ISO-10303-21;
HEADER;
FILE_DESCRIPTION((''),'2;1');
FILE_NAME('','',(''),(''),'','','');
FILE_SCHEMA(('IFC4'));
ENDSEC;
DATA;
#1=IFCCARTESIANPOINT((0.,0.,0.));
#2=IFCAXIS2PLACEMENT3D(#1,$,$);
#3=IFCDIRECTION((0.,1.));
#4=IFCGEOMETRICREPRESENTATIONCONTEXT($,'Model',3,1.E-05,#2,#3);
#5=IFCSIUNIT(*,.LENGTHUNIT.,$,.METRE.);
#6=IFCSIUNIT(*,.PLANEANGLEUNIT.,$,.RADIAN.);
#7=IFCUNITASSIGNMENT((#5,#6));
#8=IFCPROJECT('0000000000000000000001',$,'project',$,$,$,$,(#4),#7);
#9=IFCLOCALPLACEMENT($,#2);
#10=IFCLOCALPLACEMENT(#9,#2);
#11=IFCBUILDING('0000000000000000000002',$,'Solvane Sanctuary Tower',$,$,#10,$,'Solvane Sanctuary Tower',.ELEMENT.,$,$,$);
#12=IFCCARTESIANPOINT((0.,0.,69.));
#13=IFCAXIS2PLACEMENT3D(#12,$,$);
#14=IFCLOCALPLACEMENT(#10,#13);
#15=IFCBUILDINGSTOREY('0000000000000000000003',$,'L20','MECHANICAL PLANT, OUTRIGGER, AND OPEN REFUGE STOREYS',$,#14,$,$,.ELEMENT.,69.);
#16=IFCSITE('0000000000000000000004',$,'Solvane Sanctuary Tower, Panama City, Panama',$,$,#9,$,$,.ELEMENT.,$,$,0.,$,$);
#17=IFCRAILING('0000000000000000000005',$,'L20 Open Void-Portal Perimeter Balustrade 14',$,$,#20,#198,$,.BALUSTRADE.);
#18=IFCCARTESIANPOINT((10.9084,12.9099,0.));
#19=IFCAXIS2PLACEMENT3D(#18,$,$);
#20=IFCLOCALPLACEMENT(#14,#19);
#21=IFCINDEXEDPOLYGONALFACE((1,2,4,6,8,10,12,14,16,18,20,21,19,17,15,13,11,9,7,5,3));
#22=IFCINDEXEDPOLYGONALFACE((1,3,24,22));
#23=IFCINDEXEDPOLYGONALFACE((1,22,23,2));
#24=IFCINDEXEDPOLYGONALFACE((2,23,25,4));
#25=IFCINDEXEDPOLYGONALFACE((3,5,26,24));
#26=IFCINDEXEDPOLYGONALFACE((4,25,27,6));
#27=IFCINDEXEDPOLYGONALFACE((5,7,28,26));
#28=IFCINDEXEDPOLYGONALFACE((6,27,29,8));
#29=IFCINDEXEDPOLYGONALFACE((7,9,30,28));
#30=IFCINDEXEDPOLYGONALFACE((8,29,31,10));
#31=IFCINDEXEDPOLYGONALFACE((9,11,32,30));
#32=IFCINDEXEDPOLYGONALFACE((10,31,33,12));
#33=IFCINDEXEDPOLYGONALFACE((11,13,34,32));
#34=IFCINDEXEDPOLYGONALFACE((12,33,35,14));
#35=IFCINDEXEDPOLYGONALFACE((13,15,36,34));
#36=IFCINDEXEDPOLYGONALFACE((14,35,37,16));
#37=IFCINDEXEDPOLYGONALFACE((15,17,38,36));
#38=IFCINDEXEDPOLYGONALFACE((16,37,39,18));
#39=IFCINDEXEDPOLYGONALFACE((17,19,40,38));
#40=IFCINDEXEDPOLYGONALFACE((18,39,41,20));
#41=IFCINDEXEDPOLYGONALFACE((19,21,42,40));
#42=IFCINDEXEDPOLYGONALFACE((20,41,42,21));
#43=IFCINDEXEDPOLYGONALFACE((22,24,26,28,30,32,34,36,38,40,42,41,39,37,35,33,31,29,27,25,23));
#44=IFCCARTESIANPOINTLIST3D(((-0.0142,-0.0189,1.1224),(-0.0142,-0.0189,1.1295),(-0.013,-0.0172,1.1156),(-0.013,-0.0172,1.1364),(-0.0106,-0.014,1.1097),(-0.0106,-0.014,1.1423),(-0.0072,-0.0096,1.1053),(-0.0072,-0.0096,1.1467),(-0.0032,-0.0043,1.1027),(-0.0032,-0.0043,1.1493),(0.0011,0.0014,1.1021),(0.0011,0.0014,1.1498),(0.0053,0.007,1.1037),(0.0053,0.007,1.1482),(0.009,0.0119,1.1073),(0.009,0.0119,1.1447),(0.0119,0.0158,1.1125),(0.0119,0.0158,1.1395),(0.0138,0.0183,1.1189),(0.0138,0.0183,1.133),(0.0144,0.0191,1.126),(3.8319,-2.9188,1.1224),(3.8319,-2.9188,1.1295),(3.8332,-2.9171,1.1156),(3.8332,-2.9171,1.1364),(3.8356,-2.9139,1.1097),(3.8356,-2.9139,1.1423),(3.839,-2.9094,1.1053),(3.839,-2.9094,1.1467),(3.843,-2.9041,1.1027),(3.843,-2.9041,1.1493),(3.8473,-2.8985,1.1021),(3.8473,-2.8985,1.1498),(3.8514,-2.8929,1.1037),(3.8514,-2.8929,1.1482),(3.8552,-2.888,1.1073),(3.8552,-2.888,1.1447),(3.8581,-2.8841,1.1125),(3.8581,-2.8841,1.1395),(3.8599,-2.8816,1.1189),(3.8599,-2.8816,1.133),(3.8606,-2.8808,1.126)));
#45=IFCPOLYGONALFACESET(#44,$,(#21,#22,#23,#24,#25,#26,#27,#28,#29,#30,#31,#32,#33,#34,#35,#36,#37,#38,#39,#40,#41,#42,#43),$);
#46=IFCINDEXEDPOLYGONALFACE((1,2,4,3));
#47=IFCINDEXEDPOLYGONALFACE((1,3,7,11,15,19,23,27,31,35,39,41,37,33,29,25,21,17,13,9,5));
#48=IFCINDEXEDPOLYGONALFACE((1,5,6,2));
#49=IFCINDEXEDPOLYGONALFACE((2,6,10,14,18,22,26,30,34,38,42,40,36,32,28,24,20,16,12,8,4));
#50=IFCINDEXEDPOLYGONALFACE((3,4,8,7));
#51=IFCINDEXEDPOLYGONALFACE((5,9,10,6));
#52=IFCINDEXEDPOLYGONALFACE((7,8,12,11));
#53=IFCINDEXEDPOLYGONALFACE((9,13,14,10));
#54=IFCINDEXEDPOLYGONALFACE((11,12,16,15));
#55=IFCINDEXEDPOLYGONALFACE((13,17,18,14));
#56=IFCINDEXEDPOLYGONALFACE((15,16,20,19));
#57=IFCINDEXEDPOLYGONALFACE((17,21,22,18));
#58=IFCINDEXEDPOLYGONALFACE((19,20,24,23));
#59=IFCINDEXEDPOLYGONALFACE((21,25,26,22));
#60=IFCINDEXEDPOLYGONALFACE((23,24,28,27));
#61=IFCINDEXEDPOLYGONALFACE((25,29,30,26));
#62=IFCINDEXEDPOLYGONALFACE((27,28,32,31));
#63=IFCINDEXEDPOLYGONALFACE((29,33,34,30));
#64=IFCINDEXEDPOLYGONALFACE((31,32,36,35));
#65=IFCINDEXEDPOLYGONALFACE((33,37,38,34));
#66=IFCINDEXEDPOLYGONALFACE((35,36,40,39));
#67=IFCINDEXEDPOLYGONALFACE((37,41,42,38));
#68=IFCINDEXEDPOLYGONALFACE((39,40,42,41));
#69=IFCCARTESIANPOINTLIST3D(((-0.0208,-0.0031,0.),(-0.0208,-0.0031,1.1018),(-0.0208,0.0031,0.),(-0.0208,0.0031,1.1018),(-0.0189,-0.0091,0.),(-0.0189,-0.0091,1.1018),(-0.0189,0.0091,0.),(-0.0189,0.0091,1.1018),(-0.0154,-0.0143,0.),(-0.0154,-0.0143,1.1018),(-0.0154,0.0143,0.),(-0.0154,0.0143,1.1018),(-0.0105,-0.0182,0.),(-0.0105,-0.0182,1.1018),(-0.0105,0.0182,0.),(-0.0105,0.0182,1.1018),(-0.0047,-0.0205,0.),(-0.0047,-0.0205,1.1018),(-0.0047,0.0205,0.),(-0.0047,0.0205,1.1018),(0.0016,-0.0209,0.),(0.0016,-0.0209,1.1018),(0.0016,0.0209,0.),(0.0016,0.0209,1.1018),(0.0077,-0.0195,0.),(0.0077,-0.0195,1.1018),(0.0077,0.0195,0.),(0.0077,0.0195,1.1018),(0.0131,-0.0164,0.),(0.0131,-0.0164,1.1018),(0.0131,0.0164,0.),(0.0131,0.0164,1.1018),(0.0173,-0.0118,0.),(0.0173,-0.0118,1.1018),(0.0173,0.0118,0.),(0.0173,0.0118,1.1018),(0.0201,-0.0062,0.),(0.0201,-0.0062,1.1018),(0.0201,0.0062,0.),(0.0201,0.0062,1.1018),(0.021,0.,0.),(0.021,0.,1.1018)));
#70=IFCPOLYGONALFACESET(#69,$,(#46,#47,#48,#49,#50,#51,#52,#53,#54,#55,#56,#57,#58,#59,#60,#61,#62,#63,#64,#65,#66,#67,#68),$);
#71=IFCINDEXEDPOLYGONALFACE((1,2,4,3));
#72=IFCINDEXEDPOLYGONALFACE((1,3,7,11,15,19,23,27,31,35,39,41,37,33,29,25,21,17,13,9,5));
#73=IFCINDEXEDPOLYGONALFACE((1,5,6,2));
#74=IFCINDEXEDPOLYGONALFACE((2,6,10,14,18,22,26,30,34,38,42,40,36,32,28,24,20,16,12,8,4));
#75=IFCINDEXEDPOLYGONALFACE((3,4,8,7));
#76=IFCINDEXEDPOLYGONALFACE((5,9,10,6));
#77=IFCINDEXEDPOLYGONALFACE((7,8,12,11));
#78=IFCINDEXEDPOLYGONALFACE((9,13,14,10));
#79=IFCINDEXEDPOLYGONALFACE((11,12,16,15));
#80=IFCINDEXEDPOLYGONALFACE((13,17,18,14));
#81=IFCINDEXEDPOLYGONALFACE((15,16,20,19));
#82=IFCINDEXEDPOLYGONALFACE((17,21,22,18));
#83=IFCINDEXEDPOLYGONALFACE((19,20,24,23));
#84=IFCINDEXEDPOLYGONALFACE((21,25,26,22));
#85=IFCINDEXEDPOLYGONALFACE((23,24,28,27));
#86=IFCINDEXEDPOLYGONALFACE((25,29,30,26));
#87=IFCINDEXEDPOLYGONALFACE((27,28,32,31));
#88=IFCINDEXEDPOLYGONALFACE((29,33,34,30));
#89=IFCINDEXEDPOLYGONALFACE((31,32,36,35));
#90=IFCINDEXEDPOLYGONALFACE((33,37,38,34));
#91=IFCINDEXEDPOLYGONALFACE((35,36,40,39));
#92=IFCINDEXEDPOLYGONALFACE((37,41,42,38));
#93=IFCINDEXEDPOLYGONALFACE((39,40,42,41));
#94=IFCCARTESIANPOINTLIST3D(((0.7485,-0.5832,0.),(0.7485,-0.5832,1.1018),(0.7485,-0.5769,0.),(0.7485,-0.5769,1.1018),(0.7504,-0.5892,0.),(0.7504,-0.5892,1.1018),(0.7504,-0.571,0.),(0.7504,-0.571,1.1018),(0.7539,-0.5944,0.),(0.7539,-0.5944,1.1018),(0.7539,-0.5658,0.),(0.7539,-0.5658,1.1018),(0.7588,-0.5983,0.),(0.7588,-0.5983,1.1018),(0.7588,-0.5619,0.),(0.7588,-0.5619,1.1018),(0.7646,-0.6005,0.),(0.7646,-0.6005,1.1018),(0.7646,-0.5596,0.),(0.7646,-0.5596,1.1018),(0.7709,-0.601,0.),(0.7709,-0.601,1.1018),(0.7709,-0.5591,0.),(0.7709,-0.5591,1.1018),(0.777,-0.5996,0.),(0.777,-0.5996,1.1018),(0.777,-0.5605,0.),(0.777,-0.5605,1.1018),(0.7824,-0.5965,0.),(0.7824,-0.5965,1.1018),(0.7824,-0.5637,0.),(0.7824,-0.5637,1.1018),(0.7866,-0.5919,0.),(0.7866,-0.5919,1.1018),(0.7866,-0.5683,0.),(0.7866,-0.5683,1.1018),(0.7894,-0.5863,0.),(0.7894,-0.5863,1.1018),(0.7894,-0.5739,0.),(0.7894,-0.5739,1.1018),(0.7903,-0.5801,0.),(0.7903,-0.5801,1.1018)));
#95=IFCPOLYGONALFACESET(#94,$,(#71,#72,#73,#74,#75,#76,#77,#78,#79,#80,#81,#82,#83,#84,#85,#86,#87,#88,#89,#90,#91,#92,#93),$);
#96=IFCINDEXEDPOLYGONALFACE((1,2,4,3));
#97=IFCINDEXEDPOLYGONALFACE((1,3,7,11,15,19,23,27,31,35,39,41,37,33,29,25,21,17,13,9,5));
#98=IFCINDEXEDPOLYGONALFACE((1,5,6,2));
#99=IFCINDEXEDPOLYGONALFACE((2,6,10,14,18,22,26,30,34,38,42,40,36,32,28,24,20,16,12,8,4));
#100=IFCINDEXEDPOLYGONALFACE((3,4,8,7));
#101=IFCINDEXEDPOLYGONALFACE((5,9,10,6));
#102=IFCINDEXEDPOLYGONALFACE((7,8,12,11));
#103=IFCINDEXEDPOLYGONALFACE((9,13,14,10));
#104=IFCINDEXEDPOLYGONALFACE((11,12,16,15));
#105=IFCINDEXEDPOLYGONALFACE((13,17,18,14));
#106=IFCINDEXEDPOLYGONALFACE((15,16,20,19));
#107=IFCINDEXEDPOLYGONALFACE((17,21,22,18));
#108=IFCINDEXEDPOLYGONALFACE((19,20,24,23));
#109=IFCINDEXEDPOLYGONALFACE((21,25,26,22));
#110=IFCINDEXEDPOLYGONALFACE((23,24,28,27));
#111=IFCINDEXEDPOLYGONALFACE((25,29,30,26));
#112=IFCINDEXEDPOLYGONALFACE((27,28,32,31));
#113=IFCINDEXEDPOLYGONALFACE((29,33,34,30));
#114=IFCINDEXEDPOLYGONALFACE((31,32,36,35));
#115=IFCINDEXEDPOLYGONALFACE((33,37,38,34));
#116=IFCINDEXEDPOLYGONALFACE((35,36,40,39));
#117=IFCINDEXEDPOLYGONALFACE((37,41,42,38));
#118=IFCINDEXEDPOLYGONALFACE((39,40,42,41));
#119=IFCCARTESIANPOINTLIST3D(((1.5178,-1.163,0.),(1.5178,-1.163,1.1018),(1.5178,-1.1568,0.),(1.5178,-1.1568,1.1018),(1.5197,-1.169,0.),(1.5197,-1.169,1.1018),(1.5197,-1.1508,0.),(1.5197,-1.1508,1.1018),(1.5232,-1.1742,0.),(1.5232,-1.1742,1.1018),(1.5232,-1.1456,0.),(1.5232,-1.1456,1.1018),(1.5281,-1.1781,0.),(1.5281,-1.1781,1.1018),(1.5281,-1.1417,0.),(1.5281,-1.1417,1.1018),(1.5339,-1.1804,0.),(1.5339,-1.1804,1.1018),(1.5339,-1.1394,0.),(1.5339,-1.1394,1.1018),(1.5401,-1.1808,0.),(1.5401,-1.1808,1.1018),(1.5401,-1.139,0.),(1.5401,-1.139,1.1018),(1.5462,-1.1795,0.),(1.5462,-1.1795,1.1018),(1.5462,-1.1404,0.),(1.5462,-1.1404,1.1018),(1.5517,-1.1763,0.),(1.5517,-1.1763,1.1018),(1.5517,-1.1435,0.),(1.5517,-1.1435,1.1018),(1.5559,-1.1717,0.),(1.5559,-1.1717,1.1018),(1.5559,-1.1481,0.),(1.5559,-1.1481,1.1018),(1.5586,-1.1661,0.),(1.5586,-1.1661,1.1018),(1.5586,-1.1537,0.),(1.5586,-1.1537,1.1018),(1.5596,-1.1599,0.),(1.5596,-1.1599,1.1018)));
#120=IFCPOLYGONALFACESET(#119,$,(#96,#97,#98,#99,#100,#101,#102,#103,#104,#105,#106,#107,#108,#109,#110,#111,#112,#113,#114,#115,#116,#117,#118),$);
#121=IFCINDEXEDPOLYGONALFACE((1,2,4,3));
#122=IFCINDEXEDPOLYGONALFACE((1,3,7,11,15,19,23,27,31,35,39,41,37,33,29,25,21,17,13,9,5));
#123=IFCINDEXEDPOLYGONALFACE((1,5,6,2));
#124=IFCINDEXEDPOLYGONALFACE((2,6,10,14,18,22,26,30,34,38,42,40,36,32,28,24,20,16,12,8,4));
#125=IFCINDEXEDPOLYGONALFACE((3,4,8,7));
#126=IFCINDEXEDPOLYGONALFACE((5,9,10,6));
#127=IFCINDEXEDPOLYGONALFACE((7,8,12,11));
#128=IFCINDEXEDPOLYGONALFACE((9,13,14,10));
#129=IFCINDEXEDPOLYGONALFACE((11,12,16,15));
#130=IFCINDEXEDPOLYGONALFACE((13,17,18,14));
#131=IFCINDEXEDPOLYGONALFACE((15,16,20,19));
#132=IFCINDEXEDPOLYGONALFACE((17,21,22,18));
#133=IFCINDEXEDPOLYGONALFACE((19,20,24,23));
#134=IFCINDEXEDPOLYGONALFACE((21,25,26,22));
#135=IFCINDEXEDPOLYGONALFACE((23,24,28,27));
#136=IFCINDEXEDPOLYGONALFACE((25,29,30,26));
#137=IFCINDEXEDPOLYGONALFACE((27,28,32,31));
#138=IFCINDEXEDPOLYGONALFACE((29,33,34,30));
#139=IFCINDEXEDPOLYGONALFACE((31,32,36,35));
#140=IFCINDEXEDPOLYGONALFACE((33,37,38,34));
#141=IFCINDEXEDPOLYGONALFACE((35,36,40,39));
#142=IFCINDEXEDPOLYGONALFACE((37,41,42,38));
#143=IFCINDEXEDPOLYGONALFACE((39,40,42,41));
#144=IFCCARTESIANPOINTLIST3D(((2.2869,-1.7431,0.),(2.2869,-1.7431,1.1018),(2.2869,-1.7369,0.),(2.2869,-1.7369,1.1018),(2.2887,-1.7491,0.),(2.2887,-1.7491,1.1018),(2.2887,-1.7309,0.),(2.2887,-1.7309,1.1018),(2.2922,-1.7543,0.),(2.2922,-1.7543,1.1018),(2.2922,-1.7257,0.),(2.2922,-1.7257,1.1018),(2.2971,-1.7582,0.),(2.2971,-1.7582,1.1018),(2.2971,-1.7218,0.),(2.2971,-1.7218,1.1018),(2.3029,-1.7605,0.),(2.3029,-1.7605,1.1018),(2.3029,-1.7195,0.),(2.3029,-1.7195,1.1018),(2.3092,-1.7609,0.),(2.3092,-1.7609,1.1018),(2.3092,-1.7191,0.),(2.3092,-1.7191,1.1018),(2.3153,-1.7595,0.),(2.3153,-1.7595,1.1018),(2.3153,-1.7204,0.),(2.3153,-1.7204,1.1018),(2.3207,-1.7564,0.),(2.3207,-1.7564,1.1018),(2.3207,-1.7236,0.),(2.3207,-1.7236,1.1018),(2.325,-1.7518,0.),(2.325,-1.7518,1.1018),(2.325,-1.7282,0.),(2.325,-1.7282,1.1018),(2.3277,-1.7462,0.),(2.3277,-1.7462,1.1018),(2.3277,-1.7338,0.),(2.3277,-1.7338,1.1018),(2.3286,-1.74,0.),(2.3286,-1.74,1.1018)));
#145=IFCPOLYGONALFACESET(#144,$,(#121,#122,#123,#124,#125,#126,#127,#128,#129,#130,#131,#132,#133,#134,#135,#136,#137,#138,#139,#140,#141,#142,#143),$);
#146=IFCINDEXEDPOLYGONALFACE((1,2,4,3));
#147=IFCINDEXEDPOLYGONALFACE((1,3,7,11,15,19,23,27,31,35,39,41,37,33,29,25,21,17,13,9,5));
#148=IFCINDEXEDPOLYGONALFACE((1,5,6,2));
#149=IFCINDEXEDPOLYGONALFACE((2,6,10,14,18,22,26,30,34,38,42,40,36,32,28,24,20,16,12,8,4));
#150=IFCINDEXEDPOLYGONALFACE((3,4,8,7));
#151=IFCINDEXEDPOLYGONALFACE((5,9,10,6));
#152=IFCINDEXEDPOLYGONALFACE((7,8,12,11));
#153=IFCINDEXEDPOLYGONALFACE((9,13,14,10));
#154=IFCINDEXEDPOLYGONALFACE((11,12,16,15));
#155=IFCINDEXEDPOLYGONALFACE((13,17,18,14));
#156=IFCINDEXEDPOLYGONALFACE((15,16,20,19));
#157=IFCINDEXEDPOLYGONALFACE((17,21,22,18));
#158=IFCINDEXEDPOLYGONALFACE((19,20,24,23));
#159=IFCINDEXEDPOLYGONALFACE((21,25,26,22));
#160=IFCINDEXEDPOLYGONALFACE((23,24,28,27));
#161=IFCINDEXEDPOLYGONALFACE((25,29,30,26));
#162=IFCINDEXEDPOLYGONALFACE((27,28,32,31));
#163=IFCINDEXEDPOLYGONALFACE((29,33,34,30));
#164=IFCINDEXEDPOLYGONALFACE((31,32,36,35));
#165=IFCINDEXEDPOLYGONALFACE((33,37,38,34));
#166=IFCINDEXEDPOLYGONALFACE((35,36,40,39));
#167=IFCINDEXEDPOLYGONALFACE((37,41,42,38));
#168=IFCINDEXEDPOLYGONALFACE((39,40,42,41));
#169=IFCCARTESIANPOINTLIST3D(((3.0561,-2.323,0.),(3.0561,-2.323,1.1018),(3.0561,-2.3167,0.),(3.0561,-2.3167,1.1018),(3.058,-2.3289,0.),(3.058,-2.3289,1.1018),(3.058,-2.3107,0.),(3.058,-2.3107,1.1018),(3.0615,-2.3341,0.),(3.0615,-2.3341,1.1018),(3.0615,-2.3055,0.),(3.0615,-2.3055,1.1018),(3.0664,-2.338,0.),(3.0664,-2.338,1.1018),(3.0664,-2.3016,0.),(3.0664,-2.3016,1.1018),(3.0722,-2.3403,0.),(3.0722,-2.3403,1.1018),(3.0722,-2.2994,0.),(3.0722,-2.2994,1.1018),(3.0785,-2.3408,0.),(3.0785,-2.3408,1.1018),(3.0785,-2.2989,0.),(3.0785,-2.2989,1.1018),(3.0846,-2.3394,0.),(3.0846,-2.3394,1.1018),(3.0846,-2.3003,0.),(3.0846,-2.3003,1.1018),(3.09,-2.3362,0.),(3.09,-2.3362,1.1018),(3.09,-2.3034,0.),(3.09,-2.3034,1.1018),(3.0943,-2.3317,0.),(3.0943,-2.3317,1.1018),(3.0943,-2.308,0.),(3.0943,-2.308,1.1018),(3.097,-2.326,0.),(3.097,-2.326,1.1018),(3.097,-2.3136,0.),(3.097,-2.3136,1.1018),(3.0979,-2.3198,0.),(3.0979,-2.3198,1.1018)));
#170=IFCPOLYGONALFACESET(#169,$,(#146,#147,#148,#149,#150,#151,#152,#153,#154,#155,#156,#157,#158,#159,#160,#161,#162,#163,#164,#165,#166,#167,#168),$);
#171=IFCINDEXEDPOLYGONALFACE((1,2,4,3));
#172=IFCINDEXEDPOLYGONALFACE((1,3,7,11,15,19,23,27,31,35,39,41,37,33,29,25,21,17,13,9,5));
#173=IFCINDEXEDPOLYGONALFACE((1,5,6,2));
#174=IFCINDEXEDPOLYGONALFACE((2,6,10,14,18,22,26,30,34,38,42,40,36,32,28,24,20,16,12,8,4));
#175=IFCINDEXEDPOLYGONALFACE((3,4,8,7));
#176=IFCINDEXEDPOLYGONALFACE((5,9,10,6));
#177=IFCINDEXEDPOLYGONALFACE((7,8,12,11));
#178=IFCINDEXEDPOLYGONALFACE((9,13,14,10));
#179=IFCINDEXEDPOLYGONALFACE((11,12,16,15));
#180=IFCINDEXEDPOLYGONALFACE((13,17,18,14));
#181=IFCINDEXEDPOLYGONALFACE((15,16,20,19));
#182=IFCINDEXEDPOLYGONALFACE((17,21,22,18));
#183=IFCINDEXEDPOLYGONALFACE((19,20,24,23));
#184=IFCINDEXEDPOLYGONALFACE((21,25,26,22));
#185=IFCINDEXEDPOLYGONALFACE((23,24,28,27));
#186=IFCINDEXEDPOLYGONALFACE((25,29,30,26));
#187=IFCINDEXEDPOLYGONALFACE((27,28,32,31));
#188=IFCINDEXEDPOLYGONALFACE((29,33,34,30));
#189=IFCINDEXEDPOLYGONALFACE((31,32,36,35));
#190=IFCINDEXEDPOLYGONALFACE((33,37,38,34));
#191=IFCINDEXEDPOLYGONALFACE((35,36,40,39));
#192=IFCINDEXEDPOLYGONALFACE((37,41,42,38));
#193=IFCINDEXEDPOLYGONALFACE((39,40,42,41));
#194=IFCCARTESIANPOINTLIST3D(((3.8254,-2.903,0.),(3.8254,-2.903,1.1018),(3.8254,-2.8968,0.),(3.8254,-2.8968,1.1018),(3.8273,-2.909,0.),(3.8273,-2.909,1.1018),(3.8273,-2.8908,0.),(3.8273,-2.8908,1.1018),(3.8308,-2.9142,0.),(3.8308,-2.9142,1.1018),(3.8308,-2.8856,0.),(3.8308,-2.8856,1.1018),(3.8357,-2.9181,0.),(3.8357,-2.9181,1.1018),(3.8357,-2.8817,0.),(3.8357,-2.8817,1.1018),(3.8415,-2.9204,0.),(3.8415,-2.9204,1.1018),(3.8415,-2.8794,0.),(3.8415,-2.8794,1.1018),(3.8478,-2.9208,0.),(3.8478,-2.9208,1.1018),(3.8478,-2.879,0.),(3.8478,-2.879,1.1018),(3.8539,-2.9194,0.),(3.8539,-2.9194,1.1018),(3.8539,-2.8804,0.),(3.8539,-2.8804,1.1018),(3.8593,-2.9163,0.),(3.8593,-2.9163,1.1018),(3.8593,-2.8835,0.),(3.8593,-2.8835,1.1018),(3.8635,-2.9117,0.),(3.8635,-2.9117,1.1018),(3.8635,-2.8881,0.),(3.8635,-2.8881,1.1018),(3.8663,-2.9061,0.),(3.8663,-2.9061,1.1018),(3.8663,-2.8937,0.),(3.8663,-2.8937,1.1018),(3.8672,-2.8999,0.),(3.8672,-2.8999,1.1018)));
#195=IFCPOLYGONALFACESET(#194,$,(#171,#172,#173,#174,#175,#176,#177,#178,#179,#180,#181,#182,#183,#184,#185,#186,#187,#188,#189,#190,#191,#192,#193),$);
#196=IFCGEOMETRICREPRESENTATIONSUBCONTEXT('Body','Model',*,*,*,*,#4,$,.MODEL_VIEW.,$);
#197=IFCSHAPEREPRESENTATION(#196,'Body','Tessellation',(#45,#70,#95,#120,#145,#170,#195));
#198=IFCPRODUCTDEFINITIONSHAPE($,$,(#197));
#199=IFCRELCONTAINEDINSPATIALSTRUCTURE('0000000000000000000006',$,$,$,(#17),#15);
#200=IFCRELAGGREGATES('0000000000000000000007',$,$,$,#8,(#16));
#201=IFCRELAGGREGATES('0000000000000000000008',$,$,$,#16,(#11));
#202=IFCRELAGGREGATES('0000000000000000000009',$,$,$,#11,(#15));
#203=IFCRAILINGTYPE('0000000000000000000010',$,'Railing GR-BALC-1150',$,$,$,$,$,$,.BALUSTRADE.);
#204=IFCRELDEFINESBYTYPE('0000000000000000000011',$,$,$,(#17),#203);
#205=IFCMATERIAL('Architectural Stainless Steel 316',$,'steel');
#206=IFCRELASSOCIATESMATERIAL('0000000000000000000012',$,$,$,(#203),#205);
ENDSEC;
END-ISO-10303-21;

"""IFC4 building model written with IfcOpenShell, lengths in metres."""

from ifc_helpers import new_model, si_unit, direction, frame, origin, origin_2d, place, context, subcontext, project, spatial, circle, extrude, material, type_object, element, save


model = new_model("IFC4")

# Units and contexts
model_context = context("Model", 3, precision=1e-05, world=origin(), true_north=direction((0.0, 1.0)))
body_context = subcontext(model_context, "Body", "Model", "MODEL_VIEW")
ifc_project = project(units=[si_unit("LENGTHUNIT", "METRE"), si_unit("PLANEANGLEUNIT", "RADIAN")], contexts=[model_context])

# Site, building, storey
site_placement = place(None, origin())
site = spatial("IfcSite", under=ifc_project, at=site_placement, Name="Solvane Sanctuary Tower, Panama City, Panama", CompositionType="ELEMENT", RefElevation=0.0)
building_placement = place(site_placement, origin())
building = spatial("IfcBuilding", under=site, at=building_placement, Name="Solvane Sanctuary Tower", LongName="Solvane Sanctuary Tower", CompositionType="ELEMENT")
storey_placement = place(building_placement, frame((0.0, 0.0, 69.0)))
storey = spatial("IfcBuildingStorey", under=building, at=storey_placement, Name="L20", Description="MECHANICAL PLANT, OUTRIGGER, AND OPEN REFUGE STOREYS", CompositionType="ELEMENT", Elevation=69.0)

# Shared definitions
ifc_material_1 = material(Name="Architectural Stainless Steel 316", Category="steel")

# Railing
railing_type_1 = type_object("IfcRailingType", Name="Railing GR-BALC-1150", PredefinedType="BALUSTRADE", material=ifc_material_1)
railing_1_placement = place(storey_placement, frame((10.9084, 12.9099, 0.0)))
element("IfcRailing", 1, at=railing_1_placement, inside=storey, type_object=railing_type_1, Name="L20 Open Void-Portal Perimeter Balustrade 14", PredefinedType="BALUSTRADE", context=body_context, shape_type="SweptSolid", body=[
    extrude(circle(Radius=0.0239, at=origin_2d()), frame((0.0, 0.0, 1.126), z_axis=(0.798477, -0.602025, 0.0), x_axis=(0.602025, 0.798477, 0.0)), (0.0, 0.0, 1.0), 4.8169),
    extrude(circle(Radius=0.021, at=origin_2d()), origin(), (0.0, 0.0, 1.0), 1.1018),
    extrude(circle(Radius=0.021, at=origin_2d()), frame((0.7693, -0.5801, 0.0)), (0.0, 0.0, 1.0), 1.1018),
    extrude(circle(Radius=0.021, at=origin_2d()), frame((1.5386, -1.1599, 0.0)), (0.0, 0.0, 1.0), 1.1018),
    extrude(circle(Radius=0.021, at=origin_2d()), frame((2.3076, -1.74, 0.0)), (0.0, 0.0, 1.0), 1.1018),
    extrude(circle(Radius=0.021, at=origin_2d()), frame((3.0769, -2.3198, 0.0)), (0.0, 0.0, 1.0), 1.1018),
    extrude(circle(Radius=0.021, at=origin_2d()), frame((3.8462, -2.8999, 0.0)), (0.0, 0.0, 1.0), 1.1018),
])

save(model, "model.ifc")
